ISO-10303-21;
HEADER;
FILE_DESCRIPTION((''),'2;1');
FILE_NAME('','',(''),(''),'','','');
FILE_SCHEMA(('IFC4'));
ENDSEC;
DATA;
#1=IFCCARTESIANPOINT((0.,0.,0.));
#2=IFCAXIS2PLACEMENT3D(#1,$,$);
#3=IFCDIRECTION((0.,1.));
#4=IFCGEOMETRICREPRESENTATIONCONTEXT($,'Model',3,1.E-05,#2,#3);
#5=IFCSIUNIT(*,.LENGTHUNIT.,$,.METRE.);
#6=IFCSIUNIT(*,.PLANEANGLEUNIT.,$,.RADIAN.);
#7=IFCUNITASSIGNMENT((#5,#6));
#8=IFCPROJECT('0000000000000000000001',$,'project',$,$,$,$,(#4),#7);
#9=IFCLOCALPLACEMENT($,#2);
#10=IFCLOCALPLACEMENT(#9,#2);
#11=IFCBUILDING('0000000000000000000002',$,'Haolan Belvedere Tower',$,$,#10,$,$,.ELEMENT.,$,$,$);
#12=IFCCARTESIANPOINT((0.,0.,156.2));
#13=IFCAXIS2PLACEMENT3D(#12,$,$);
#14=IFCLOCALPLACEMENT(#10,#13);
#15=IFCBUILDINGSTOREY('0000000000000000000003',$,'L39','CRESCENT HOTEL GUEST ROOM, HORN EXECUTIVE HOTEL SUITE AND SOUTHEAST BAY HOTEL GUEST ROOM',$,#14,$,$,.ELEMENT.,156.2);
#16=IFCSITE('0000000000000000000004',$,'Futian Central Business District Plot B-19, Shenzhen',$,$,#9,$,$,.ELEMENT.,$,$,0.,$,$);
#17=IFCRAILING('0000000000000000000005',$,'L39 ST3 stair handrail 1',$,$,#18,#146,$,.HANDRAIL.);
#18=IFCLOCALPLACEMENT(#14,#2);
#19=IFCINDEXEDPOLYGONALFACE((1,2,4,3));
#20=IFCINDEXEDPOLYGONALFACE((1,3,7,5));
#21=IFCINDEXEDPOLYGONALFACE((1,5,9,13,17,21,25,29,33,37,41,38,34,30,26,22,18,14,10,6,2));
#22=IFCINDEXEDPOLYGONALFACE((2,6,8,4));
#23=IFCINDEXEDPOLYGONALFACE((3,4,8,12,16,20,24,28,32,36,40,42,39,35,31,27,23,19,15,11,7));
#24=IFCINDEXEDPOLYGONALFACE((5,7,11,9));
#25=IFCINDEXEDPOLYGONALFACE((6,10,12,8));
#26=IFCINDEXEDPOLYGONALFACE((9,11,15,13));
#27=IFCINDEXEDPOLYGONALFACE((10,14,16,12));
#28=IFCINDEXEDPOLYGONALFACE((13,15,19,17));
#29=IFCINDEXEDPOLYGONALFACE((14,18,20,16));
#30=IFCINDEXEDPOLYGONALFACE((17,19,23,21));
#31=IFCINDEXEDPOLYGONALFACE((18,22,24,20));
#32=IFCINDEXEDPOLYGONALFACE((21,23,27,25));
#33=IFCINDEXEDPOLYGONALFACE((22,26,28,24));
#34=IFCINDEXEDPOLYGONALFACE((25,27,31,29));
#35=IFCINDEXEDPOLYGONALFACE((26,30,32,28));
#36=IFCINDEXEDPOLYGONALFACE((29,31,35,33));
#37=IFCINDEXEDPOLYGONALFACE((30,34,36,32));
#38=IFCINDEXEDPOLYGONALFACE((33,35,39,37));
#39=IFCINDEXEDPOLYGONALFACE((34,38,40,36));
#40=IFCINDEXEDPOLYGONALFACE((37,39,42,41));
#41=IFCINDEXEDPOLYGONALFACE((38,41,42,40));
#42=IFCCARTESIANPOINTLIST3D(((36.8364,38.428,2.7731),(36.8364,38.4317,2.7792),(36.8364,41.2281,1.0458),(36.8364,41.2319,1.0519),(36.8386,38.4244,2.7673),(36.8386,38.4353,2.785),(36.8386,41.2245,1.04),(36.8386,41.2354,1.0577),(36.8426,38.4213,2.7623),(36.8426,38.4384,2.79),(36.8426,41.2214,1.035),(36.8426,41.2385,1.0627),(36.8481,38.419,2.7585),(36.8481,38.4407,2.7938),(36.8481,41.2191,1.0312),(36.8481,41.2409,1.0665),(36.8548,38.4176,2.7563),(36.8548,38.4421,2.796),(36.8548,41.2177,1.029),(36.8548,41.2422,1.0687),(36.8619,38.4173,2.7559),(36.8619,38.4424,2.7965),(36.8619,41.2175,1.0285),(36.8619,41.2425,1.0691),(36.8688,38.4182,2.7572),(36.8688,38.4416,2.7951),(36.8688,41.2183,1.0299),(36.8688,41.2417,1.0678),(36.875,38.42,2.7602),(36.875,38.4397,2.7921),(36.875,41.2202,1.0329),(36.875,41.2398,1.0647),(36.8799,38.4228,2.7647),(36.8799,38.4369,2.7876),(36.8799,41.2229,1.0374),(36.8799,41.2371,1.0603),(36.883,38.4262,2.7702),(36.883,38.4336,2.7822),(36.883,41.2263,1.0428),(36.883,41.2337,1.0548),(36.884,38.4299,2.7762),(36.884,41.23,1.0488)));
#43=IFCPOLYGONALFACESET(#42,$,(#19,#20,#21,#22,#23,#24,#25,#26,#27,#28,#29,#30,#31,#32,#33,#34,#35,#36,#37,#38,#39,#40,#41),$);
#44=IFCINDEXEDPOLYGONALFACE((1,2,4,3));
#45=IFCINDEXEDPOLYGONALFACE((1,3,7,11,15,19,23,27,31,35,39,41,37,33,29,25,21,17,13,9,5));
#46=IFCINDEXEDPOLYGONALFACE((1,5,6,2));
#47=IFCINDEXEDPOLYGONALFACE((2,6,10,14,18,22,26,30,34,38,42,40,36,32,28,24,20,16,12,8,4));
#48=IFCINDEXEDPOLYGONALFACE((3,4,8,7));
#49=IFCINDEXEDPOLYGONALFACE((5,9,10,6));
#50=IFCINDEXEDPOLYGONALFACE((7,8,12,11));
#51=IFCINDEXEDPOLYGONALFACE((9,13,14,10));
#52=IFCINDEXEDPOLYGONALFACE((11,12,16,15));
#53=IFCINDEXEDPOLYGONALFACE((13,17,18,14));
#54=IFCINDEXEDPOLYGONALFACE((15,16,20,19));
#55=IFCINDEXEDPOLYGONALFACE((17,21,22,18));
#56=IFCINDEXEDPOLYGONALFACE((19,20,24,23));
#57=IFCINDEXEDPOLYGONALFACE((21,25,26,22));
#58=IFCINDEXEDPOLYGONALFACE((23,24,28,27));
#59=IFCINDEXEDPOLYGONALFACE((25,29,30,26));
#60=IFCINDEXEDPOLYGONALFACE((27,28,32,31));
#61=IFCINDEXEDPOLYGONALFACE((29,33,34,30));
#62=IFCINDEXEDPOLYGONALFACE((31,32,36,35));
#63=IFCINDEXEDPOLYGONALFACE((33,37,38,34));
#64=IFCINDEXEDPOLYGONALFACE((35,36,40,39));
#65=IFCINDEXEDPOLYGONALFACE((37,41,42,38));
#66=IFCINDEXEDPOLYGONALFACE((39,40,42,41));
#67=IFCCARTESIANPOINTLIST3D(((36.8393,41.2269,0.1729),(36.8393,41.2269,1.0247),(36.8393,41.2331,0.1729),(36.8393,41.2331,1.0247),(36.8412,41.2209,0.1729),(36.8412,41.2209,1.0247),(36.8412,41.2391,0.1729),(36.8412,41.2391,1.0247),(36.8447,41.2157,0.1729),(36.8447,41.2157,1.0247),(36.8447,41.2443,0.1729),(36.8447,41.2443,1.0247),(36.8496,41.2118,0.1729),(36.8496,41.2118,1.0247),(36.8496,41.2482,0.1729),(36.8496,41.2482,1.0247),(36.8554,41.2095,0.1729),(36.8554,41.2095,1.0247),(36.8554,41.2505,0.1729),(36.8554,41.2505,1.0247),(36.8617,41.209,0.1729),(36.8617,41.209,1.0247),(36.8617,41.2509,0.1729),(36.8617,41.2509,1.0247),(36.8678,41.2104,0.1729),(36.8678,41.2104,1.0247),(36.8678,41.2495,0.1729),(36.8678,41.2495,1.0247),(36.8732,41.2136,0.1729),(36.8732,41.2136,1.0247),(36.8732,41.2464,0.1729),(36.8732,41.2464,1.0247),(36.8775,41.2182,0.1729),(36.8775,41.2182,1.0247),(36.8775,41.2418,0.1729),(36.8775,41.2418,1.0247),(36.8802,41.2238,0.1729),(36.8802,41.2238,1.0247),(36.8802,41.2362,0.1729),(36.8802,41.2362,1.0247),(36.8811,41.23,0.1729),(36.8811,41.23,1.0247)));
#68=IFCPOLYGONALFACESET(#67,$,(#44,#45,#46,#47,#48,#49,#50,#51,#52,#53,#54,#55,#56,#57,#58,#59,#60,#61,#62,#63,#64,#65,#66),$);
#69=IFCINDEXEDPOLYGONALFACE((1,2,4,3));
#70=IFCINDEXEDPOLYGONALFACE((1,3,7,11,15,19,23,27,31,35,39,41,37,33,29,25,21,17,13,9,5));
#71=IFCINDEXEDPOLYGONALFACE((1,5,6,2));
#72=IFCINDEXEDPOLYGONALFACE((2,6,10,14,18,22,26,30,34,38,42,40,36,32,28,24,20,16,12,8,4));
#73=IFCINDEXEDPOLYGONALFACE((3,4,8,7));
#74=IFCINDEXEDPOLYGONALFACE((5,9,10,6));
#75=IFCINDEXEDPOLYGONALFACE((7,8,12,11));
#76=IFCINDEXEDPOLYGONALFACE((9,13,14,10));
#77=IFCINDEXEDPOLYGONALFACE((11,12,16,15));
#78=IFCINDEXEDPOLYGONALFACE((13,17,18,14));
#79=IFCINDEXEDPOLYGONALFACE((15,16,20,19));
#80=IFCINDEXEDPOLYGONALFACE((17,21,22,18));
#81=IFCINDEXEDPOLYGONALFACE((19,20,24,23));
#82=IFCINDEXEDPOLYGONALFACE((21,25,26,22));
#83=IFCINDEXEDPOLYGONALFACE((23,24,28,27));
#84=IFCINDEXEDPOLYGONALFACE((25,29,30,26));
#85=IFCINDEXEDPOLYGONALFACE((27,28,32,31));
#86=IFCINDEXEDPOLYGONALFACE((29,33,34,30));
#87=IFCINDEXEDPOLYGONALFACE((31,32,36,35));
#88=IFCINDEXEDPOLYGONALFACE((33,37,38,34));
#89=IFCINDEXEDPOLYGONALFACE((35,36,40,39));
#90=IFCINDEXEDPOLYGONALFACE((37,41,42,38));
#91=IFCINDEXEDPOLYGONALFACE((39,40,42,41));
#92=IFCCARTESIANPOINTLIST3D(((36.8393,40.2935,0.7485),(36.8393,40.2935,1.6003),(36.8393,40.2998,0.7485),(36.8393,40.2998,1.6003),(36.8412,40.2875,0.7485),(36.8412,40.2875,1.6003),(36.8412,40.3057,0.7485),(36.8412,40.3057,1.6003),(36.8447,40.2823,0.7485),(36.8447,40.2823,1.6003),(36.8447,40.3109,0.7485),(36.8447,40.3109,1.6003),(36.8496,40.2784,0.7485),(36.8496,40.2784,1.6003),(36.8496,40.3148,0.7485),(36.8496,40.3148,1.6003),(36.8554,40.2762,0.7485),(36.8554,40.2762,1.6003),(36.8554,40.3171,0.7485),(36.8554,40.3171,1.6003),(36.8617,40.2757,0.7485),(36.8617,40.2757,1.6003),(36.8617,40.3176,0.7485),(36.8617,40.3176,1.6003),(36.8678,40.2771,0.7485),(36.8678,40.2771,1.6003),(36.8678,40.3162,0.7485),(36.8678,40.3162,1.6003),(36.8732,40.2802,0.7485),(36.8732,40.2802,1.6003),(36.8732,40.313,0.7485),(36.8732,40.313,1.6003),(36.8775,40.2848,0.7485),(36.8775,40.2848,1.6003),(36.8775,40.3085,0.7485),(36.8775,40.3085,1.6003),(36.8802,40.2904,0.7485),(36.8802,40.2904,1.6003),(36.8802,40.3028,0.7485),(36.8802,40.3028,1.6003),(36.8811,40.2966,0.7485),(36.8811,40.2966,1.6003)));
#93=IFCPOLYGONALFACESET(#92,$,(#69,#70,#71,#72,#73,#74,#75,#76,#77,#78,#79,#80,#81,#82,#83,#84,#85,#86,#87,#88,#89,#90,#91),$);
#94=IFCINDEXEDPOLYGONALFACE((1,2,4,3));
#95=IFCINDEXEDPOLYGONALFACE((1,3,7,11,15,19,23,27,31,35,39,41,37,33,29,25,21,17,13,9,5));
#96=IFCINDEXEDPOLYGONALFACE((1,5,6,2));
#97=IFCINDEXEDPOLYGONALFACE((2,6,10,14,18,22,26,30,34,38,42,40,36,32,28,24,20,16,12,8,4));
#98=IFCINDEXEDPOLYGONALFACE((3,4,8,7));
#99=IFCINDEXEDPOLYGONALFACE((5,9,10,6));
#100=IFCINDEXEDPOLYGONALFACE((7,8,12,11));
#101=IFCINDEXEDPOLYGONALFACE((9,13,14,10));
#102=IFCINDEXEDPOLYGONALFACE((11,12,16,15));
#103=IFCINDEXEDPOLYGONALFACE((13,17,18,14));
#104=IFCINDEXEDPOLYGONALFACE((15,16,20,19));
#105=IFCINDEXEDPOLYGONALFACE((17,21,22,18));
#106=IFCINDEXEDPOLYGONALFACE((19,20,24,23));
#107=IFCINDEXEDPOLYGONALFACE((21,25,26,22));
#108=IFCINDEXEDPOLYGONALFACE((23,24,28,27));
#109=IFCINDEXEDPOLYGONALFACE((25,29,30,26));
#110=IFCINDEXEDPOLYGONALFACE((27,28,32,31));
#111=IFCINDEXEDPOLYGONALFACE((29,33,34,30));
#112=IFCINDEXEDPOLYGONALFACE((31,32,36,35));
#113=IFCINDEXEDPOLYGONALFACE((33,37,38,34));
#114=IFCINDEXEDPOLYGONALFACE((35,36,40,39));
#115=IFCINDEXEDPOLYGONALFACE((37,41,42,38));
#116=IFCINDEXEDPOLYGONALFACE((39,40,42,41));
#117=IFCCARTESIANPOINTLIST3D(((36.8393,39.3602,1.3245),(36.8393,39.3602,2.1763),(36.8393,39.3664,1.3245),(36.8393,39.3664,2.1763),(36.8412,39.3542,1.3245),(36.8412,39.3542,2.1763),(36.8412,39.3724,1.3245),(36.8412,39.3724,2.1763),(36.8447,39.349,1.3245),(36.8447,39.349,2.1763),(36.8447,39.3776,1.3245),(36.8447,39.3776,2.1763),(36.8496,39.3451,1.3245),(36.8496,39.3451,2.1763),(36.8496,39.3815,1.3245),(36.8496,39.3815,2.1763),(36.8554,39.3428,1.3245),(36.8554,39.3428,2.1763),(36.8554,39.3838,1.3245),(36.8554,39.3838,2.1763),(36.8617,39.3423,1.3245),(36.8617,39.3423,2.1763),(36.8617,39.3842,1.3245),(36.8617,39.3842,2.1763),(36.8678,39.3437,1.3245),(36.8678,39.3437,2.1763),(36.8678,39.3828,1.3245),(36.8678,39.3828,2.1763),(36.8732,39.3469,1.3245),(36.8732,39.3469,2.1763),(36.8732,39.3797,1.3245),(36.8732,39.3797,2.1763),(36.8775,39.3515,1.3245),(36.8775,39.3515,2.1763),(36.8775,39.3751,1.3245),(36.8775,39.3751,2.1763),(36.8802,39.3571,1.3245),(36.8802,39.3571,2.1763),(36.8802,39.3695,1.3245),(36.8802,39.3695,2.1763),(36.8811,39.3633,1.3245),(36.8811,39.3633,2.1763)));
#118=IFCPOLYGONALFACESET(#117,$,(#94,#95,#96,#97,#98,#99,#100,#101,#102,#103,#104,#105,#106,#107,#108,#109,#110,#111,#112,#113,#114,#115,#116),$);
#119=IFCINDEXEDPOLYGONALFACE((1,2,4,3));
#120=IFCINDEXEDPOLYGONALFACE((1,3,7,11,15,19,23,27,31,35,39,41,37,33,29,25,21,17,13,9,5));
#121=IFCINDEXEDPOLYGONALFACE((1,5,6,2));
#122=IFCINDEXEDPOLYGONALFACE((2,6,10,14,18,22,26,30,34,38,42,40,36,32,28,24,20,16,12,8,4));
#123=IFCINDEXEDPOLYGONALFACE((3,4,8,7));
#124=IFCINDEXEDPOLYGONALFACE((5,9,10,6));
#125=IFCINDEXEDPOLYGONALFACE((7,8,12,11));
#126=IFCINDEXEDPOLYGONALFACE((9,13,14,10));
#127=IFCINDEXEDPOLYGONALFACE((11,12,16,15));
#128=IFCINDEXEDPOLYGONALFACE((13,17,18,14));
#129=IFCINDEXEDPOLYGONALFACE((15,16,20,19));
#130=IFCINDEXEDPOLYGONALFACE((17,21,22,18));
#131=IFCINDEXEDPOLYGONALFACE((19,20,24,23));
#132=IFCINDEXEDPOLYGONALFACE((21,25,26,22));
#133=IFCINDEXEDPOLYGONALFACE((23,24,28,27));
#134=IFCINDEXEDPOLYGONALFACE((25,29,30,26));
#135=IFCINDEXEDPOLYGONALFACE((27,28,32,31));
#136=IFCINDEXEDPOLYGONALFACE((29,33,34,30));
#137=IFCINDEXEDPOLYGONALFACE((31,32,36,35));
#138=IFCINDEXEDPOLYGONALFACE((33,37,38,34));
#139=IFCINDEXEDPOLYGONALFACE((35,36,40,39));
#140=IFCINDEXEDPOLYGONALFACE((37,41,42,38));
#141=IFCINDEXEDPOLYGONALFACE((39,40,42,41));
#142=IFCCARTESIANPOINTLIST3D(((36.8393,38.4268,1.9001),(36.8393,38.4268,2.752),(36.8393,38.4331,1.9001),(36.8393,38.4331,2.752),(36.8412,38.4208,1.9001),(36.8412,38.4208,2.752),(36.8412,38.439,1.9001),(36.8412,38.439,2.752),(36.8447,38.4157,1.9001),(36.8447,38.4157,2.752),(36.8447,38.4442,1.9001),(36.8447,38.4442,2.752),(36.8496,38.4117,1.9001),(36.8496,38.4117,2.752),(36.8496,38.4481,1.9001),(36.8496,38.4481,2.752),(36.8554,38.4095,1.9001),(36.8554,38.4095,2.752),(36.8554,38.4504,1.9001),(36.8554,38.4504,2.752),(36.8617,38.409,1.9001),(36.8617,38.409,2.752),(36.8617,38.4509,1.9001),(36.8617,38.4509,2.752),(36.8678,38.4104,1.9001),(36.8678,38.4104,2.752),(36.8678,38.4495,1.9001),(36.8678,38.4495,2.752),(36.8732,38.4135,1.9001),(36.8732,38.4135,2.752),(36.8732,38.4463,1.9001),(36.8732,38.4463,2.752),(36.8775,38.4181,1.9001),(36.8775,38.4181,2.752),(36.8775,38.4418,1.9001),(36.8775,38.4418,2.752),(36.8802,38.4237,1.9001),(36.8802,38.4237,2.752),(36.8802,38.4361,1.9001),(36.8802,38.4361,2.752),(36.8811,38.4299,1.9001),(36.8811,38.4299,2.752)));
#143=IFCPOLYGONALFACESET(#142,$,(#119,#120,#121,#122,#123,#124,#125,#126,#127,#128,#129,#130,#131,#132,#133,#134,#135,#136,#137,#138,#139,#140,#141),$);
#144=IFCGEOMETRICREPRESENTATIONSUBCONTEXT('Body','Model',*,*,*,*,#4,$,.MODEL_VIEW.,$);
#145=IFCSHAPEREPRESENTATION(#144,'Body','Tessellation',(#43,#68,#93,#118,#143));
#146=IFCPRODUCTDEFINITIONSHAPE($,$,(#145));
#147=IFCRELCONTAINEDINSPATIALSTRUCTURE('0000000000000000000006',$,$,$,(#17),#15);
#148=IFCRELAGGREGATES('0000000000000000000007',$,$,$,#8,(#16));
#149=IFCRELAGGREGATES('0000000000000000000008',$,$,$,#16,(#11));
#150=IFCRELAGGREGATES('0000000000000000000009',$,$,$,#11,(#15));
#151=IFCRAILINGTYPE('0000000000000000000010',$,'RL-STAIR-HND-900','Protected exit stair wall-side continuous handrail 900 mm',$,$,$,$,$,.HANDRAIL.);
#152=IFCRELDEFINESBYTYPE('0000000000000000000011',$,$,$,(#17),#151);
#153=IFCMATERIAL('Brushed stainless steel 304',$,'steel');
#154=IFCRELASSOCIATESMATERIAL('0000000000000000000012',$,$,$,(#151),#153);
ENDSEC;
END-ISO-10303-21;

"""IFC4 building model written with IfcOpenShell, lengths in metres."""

from ifc_helpers import new_model, si_unit, direction, frame, origin, origin_2d, place, context, subcontext, project, spatial, circle, extrude, material, type_object, element, save


model = new_model("IFC4")

# Units and contexts
model_context = context("Model", 3, precision=1e-05, world=origin(), true_north=direction((0.0, 1.0)))
body_context = subcontext(model_context, "Body", "Model", "MODEL_VIEW")
ifc_project = project(units=[si_unit("LENGTHUNIT", "METRE"), si_unit("PLANEANGLEUNIT", "RADIAN")], contexts=[model_context])

# Site, building, storey
site_placement = place(None, origin())
site = spatial("IfcSite", under=ifc_project, at=site_placement, Name="Futian Central Business District Plot B-19, Shenzhen", CompositionType="ELEMENT", RefElevation=0.0)
building_placement = place(site_placement, origin())
building = spatial("IfcBuilding", under=site, at=building_placement, Name="Haolan Belvedere Tower", CompositionType="ELEMENT")
storey_placement = place(building_placement, frame((0.0, 0.0, 156.2)))
storey = spatial("IfcBuildingStorey", under=building, at=storey_placement, Name="L39", Description="CRESCENT HOTEL GUEST ROOM, HORN EXECUTIVE HOTEL SUITE AND SOUTHEAST BAY HOTEL GUEST ROOM", CompositionType="ELEMENT", Elevation=156.2)

# Railing
ifc_material_1 = material(Name="Brushed stainless steel 304", Category="steel")
railing_type_1 = type_object("IfcRailingType", Name="RL-STAIR-HND-900", Description="Protected exit stair wall-side continuous handrail 900 mm", PredefinedType="HANDRAIL", material=ifc_material_1)
railing_1_placement = place(storey_placement, frame((36.8601, 41.23, 0.1729)))
element("IfcRailing", 1, at=railing_1_placement, inside=storey, type_object=railing_type_1, Name="L39 ST3 stair handrail 1", PredefinedType="HANDRAIL", context=body_context, shape_type="SweptSolid", body=[
    extrude(circle(Radius=0.0239, at=origin_2d()), frame((0.0, 0.0, 0.876), z_axis=(0.0, -0.85109, 0.52502), x_axis=(1.0, 0.0, 0.0)), (0.0, 0.0, 1.0), 3.29),
    extrude(circle(Radius=0.021, at=origin_2d()), origin(), (0.0, 0.0, 1.0), 0.8518),
    extrude(circle(Radius=0.021, at=origin_2d()), frame((0.0, -0.9333, 0.5757)), (0.0, 0.0, 1.0), 0.8518),
    extrude(circle(Radius=0.021, at=origin_2d()), frame((0.0, -1.8667, 1.1516)), (0.0, 0.0, 1.0), 0.8518),
    extrude(circle(Radius=0.021, at=origin_2d()), frame((0.0, -2.8, 1.7273)), (0.0, 0.0, 1.0), 0.8518),
])

save(model, "model.ifc")
